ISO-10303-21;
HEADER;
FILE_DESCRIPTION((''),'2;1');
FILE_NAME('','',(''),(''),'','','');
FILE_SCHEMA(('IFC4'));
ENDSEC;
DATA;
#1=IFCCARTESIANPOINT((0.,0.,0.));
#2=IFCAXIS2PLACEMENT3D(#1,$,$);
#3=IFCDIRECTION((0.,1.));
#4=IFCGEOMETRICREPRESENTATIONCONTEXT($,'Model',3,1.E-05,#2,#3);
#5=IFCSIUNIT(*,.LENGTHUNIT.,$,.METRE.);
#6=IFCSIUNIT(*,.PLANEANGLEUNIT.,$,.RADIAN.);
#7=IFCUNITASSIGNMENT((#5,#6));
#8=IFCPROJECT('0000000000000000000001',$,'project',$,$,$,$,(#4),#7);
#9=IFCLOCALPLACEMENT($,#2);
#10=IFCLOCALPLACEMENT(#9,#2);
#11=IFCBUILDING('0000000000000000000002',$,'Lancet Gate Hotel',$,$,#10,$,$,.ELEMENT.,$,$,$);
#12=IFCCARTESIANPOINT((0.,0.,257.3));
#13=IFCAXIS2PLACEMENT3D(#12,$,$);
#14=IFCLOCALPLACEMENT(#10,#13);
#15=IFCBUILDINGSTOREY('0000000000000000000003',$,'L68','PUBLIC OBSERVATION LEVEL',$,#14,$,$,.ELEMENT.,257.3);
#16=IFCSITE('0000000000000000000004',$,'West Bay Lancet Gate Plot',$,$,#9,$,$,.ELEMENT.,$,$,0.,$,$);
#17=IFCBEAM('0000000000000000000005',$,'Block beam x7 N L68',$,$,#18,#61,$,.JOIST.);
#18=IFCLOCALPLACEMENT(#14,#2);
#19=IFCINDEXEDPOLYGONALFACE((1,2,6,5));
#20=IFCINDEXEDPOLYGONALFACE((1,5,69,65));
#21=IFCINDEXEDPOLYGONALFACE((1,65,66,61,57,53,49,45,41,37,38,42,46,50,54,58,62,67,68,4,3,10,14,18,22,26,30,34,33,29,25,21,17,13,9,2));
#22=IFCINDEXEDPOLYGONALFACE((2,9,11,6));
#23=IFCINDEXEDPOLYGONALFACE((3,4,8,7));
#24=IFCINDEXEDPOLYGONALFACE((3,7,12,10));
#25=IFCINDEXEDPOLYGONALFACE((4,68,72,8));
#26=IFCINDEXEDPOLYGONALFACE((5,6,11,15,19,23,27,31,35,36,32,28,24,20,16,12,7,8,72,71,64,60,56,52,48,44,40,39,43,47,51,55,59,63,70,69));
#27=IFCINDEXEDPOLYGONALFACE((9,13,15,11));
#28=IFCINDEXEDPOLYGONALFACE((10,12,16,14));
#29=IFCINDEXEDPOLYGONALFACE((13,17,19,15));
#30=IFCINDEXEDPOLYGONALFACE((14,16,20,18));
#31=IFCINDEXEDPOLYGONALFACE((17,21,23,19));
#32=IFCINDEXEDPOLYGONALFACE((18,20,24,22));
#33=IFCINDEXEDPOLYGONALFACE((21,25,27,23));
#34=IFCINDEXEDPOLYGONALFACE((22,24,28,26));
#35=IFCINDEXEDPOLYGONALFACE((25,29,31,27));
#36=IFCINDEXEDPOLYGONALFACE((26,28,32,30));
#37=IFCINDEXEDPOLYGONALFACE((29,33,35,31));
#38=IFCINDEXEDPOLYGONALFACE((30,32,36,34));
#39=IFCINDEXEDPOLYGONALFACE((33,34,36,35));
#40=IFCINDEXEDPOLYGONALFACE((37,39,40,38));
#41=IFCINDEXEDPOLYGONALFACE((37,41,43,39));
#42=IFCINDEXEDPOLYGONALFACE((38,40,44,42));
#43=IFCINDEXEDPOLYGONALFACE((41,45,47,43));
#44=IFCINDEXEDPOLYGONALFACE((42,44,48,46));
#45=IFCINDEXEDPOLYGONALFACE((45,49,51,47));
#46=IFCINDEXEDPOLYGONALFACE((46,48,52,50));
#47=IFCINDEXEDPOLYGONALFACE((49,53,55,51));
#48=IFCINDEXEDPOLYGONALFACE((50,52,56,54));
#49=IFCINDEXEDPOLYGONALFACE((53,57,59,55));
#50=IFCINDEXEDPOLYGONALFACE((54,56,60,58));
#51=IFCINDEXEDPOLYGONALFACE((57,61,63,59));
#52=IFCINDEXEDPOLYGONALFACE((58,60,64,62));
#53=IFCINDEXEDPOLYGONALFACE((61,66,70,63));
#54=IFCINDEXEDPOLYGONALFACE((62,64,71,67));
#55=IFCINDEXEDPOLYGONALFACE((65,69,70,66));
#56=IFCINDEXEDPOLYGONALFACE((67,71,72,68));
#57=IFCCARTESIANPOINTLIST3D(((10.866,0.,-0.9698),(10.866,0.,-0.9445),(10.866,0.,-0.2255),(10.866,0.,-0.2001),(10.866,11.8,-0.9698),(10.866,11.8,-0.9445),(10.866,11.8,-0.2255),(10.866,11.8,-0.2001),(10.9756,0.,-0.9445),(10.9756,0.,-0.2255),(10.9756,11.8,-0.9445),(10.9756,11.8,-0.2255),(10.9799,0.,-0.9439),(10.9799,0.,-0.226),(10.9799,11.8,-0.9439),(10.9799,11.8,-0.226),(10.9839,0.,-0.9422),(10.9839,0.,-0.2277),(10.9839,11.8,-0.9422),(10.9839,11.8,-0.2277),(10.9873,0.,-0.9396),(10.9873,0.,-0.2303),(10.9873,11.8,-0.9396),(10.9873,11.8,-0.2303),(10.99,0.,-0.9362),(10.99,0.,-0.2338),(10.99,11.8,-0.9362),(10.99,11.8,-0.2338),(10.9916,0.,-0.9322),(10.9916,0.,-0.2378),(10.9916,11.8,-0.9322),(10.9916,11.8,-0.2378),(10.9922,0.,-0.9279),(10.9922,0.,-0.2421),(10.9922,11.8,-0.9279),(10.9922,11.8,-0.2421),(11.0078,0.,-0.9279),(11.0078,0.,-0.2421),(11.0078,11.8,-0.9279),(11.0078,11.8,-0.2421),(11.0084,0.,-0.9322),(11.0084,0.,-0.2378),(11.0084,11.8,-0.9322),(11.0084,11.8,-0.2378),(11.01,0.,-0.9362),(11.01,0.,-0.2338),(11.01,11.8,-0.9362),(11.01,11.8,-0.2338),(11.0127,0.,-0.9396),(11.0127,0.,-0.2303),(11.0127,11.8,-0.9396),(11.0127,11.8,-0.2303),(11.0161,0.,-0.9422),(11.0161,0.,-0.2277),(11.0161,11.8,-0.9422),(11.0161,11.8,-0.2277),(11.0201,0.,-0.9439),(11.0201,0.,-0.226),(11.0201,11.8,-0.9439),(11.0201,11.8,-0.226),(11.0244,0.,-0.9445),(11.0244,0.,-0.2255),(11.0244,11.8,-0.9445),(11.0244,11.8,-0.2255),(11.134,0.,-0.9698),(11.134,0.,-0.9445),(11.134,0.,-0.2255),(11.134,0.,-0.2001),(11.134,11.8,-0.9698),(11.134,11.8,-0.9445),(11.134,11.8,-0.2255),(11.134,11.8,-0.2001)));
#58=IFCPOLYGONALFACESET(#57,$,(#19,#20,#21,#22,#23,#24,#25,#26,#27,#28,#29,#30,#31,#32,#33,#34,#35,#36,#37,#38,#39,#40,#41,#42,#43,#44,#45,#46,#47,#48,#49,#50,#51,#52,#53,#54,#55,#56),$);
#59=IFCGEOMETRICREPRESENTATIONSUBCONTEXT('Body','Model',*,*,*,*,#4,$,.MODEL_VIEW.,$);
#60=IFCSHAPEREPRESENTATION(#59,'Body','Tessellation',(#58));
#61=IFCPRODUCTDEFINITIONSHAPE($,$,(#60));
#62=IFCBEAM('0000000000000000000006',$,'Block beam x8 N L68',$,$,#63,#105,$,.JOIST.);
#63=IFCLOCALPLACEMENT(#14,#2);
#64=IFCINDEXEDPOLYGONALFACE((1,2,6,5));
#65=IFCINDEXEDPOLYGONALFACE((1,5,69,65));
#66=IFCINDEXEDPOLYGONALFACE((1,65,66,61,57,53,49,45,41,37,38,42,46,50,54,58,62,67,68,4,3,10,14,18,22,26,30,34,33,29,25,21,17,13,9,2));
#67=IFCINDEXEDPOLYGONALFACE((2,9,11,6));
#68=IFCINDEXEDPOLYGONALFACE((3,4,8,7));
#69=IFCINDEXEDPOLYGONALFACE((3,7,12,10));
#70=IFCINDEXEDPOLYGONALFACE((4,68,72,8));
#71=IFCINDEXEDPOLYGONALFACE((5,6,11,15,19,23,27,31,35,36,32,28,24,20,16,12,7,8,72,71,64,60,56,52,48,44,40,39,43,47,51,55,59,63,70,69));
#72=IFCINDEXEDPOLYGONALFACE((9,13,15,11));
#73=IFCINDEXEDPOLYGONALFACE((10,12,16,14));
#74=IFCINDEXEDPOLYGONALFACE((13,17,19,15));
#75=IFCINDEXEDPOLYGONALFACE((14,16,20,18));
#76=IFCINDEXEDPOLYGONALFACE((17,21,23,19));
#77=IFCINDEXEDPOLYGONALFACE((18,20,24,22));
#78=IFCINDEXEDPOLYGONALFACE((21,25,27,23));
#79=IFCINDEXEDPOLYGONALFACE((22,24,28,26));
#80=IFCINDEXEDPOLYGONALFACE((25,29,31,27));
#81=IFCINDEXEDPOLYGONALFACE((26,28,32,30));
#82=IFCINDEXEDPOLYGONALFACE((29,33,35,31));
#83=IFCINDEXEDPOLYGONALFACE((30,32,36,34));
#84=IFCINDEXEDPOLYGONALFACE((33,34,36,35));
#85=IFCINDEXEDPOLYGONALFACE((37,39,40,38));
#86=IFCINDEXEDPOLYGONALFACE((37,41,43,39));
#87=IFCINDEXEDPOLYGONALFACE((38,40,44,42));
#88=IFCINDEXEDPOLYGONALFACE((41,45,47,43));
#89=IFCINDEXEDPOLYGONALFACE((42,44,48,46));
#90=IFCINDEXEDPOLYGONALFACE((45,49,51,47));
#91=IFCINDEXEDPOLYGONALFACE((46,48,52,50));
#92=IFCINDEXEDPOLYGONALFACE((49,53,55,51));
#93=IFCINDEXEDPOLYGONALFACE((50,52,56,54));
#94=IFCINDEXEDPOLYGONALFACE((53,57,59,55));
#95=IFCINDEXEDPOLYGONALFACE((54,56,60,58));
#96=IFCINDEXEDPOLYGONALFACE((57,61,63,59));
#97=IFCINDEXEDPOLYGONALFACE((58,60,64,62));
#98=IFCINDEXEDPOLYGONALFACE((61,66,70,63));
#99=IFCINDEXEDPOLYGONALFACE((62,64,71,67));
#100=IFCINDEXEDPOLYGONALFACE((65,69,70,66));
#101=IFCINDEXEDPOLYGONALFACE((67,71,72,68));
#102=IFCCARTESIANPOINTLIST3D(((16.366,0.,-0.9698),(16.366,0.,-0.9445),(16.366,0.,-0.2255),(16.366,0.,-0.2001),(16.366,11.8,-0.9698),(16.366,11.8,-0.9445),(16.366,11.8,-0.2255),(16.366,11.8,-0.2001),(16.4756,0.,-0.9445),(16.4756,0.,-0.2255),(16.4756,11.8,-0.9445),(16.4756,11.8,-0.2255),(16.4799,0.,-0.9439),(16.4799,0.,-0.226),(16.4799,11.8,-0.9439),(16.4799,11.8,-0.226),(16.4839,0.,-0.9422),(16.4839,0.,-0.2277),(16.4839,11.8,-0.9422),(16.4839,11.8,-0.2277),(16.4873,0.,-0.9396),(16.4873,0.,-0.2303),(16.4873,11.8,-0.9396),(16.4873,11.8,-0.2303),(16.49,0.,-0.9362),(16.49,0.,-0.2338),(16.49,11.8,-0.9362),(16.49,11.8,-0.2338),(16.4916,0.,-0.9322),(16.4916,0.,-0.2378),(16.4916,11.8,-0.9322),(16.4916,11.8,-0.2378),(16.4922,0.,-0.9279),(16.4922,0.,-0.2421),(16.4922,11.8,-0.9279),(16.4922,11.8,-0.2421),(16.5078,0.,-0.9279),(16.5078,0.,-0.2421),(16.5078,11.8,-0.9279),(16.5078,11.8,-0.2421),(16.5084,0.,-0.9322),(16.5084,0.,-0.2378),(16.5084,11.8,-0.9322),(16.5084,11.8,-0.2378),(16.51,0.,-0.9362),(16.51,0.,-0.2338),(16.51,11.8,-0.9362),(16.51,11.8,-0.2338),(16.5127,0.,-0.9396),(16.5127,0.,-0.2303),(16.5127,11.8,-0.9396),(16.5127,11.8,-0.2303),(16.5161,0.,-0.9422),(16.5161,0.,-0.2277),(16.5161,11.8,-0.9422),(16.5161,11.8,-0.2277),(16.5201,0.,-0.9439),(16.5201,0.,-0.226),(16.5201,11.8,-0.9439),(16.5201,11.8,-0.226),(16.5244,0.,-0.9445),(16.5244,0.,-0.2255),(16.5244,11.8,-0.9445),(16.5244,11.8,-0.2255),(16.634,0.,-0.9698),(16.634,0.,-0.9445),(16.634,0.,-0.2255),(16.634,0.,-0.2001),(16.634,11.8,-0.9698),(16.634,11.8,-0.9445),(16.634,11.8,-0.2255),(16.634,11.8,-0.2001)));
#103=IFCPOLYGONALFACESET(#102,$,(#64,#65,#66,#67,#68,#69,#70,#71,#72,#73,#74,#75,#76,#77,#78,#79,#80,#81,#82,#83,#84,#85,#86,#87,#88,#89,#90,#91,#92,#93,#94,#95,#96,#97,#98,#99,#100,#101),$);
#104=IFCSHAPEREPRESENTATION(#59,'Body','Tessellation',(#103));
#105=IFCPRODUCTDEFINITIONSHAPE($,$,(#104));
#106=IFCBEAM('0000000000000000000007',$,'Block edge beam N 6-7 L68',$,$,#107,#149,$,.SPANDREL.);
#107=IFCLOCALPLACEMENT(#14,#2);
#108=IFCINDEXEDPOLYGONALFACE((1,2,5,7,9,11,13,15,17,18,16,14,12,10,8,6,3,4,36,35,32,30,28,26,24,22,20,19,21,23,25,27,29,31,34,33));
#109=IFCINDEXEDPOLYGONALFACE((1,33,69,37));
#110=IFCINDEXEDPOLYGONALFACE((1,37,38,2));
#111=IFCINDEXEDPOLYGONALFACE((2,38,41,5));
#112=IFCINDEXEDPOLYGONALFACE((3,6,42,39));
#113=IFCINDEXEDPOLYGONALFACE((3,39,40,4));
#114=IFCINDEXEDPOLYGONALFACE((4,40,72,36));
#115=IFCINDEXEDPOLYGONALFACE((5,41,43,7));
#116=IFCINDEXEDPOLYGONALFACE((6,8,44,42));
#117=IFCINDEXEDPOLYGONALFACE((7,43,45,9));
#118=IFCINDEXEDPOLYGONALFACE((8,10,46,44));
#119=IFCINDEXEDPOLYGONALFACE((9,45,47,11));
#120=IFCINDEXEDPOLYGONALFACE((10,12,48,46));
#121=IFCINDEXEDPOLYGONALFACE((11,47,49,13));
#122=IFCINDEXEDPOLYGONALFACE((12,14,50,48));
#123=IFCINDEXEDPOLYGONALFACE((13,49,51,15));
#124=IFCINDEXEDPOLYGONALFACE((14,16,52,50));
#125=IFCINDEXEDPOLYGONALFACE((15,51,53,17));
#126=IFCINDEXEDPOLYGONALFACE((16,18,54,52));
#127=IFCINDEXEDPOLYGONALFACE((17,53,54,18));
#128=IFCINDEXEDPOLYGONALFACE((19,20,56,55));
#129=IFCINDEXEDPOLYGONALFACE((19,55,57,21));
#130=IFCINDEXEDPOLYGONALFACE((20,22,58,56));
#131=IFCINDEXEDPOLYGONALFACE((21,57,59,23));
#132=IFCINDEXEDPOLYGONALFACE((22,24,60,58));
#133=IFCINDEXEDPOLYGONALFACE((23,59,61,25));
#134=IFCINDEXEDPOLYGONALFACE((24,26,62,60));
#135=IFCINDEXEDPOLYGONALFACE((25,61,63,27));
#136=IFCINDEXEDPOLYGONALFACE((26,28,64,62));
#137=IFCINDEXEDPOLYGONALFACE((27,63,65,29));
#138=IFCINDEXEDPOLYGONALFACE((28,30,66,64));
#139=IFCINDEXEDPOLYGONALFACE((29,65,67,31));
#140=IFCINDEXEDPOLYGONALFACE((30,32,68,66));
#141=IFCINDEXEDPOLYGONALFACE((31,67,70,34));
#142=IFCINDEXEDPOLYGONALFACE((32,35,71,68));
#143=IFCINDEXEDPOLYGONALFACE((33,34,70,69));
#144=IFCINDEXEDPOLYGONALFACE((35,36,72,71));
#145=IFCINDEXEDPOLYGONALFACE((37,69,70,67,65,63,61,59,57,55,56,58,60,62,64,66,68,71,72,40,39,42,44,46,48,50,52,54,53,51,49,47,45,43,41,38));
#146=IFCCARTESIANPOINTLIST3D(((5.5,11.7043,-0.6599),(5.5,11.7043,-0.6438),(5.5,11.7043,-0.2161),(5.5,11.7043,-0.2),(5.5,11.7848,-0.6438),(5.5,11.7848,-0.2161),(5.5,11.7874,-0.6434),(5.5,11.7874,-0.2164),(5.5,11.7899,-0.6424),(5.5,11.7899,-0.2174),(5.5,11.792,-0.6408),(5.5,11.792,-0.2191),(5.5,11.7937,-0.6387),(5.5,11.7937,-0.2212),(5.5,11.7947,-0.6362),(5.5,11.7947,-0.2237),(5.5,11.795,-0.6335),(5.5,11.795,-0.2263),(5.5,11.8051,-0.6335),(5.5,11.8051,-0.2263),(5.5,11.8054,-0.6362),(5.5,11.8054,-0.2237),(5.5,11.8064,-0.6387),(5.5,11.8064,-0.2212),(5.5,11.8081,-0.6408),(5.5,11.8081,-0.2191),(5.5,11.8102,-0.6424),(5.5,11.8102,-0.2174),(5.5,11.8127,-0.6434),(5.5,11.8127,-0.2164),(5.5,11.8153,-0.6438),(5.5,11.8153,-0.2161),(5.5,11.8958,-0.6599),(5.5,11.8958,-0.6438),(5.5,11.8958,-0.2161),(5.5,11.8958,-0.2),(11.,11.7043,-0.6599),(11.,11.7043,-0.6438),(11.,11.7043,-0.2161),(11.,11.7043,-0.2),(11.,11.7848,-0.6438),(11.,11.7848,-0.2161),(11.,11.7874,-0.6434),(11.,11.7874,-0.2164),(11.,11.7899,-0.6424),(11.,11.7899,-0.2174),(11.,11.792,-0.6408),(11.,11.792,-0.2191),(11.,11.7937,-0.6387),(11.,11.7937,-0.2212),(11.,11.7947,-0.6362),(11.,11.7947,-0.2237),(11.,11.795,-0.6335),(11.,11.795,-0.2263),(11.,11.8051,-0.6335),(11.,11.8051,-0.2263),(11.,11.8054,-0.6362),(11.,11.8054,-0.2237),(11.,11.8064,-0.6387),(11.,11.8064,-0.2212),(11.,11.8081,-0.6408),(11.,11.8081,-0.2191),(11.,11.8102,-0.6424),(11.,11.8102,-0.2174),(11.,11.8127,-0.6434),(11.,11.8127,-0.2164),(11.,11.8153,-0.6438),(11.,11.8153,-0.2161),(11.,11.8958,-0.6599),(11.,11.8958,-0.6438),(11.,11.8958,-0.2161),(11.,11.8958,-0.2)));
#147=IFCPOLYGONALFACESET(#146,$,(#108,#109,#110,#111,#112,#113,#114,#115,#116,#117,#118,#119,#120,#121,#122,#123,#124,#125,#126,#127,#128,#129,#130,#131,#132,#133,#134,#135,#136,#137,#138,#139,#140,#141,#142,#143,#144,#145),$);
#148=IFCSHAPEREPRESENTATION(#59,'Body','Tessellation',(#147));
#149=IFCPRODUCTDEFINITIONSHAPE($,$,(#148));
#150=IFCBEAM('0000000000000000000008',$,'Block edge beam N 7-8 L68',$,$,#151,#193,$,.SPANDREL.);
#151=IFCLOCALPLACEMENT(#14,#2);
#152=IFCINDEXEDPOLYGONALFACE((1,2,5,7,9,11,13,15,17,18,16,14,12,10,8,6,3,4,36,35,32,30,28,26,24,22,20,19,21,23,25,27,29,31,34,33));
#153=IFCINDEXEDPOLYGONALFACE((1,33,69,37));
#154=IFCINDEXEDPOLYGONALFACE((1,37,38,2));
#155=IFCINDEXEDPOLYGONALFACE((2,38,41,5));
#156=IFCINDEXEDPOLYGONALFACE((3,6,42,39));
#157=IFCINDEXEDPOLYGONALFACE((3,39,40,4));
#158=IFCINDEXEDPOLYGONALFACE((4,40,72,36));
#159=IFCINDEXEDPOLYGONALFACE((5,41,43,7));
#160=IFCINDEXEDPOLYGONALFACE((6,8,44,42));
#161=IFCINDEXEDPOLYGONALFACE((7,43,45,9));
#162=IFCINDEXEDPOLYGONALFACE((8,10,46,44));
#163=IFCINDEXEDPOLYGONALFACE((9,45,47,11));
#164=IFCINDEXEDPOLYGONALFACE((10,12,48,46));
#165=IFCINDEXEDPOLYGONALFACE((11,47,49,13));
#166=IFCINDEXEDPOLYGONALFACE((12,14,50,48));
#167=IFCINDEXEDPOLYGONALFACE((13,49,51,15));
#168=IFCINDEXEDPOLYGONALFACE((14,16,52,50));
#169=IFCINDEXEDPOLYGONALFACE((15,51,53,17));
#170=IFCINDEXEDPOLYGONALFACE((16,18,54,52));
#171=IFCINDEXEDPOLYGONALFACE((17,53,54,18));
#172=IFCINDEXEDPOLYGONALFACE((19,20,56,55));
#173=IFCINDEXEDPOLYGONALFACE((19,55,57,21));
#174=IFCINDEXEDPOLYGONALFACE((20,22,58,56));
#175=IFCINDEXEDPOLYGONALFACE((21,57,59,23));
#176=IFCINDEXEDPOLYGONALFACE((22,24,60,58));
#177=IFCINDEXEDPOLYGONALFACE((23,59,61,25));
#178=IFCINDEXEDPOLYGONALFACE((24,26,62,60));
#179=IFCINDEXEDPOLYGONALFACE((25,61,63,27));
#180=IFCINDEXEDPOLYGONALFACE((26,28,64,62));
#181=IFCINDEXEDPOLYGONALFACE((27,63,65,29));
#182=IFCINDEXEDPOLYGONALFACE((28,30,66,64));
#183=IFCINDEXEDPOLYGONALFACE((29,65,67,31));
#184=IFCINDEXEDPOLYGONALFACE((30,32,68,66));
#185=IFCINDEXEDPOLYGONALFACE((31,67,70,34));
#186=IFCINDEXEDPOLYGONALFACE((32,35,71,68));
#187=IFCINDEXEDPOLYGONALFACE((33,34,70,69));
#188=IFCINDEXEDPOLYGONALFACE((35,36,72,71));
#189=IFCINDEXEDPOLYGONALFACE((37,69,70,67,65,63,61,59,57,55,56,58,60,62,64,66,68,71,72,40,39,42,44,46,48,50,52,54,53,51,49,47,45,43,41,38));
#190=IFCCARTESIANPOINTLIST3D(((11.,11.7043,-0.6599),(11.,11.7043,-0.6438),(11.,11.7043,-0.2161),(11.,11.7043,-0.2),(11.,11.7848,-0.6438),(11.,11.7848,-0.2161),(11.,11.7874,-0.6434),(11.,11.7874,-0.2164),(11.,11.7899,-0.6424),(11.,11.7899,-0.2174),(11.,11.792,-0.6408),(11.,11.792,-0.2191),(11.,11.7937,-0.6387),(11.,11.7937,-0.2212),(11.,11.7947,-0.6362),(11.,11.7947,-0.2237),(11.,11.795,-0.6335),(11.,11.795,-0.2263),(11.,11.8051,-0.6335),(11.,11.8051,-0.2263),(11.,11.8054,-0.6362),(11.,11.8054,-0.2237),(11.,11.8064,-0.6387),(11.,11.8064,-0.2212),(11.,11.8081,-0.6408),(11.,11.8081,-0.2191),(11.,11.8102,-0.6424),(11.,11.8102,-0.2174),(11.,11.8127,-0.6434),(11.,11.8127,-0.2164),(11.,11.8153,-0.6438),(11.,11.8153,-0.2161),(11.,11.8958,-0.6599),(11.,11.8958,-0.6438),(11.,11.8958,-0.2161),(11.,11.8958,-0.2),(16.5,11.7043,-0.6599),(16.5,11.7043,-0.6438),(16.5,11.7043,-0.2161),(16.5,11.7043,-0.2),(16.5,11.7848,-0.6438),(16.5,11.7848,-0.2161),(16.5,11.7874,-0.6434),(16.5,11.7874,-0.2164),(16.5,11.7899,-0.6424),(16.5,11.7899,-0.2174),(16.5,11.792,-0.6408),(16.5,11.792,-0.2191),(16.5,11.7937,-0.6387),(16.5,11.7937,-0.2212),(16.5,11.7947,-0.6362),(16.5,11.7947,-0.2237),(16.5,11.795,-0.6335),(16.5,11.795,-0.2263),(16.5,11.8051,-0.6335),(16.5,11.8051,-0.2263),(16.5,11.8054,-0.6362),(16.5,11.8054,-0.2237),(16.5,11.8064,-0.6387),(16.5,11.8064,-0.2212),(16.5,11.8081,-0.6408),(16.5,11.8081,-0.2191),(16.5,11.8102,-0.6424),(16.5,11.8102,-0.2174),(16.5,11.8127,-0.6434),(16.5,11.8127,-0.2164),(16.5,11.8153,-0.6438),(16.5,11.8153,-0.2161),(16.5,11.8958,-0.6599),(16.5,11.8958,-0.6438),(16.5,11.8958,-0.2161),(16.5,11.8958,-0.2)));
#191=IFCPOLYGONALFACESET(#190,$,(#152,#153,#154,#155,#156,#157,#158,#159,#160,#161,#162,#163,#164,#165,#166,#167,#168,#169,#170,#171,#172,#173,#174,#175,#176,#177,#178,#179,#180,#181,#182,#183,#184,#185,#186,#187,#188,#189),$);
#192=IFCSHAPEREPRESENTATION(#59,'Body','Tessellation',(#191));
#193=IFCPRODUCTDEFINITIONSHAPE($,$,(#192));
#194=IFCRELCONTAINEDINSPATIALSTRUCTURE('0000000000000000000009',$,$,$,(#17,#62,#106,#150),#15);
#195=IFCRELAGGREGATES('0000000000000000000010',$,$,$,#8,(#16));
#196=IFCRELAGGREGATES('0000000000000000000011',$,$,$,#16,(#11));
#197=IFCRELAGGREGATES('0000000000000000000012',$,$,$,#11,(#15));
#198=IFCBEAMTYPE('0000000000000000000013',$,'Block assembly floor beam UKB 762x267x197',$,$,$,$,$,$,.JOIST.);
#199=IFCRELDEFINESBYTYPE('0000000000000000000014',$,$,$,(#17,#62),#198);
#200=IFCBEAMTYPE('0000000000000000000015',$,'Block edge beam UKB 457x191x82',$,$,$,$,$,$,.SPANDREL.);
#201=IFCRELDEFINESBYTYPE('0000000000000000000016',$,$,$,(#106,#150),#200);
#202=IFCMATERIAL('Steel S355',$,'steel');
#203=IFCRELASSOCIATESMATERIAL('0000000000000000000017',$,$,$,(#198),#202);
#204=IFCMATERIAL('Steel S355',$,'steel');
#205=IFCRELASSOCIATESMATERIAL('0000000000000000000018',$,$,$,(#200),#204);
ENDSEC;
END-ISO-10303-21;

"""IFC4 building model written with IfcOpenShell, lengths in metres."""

from ifc_helpers import new_model, si_unit, direction, frame, origin, origin_2d, place, context, subcontext, project, spatial, i_section, extrude, material, material_profile, profile_set, type_object, element, save


model = new_model("IFC4")

# Units and contexts
model_context = context("Model", 3, precision=1e-05, world=origin(), true_north=direction((0.0, 1.0)))
body_context = subcontext(model_context, "Body", "Model", "MODEL_VIEW")
ifc_project = project(units=[si_unit("LENGTHUNIT", "METRE"), si_unit("PLANEANGLEUNIT", "RADIAN")], contexts=[model_context])

# Site, building, storey
site_placement = place(None, origin())
site = spatial("IfcSite", under=ifc_project, at=site_placement, Name="West Bay Lancet Gate Plot", CompositionType="ELEMENT", RefElevation=0.0)
building_placement = place(site_placement, origin())
building = spatial("IfcBuilding", under=site, at=building_placement, Name="Lancet Gate Hotel", CompositionType="ELEMENT")
storey_placement = place(building_placement, frame((0.0, 0.0, 257.3)))
storey = spatial("IfcBuildingStorey", under=building, at=storey_placement, Name="L68", Description="PUBLIC OBSERVATION LEVEL", CompositionType="ELEMENT", Elevation=257.3)

# Beams
ifc_material_1 = material(Name="Steel S355", Category="steel")
ifc_material_profile_1 = material_profile(ifc_material_1, i_section(OverallWidth=0.2681, OverallDepth=0.7698, WebThickness=0.0156, FlangeThickness=0.0254, FilletRadius=0.0166, at=origin_2d()), Name="UKB 762x267x197")
ifc_profile_set_1 = profile_set([ifc_material_profile_1], Name="Steel S355")
beam_type_1 = type_object("IfcBeamType", Name="Block assembly floor beam UKB 762x267x197", PredefinedType="JOIST", material=ifc_profile_set_1)
for number, where, z_axis, x_axis, name in (
    (1, (11.0, 0.0, -0.585), (0.0, 1.0, 0.0), (-1.0, 0.0, 0.0), "Block beam x7 N L68"),
    (2, (16.5, 0.0, -0.585), (0.0, 1.0, 0.0), (-1.0, 0.0, 0.0), "Block beam x8 N L68"),
):
    element("IfcBeam", number, at=place(storey_placement, frame(where, z_axis=z_axis, x_axis=x_axis)), inside=storey, type_object=beam_type_1, Name=name, PredefinedType="JOIST", context=body_context, shape_type="SweptSolid", body=[
        extrude(i_section(OverallWidth=0.2681, OverallDepth=0.7698, WebThickness=0.0156, FlangeThickness=0.0254, FilletRadius=0.0166, at=origin_2d()), origin(), (0.0, 0.0, 1.0), 11.8),
    ])
ifc_material_2 = material(Name="Steel S355", Category="steel")
ifc_material_profile_2 = material_profile(ifc_material_2, i_section(OverallWidth=0.1914, OverallDepth=0.46, WebThickness=0.01, FlangeThickness=0.0161, FilletRadius=0.0103, at=origin_2d()), Name="UKB 457x191x82")
ifc_profile_set_2 = profile_set([ifc_material_profile_2], Name="Steel S355")
beam_type_2 = type_object("IfcBeamType", Name="Block edge beam UKB 457x191x82", PredefinedType="SPANDREL", material=ifc_profile_set_2)
for number, where, z_axis, x_axis, name in (
    (3, (5.5, 11.8, -0.4299), (1.0, 0.0, 0.0), (0.0, 1.0, 0.0), "Block edge beam N 6-7 L68"),
    (4, (11.0, 11.8, -0.4299), (1.0, 0.0, 0.0), (0.0, 1.0, 0.0), "Block edge beam N 7-8 L68"),
):
    element("IfcBeam", number, at=place(storey_placement, frame(where, z_axis=z_axis, x_axis=x_axis)), inside=storey, type_object=beam_type_2, Name=name, PredefinedType="SPANDREL", context=body_context, shape_type="SweptSolid", body=[
        extrude(i_section(OverallWidth=0.1914, OverallDepth=0.46, WebThickness=0.01, FlangeThickness=0.0161, FilletRadius=0.0103, at=origin_2d()), origin(), (0.0, 0.0, 1.0), 5.5),
    ])

save(model, "model.ifc")
